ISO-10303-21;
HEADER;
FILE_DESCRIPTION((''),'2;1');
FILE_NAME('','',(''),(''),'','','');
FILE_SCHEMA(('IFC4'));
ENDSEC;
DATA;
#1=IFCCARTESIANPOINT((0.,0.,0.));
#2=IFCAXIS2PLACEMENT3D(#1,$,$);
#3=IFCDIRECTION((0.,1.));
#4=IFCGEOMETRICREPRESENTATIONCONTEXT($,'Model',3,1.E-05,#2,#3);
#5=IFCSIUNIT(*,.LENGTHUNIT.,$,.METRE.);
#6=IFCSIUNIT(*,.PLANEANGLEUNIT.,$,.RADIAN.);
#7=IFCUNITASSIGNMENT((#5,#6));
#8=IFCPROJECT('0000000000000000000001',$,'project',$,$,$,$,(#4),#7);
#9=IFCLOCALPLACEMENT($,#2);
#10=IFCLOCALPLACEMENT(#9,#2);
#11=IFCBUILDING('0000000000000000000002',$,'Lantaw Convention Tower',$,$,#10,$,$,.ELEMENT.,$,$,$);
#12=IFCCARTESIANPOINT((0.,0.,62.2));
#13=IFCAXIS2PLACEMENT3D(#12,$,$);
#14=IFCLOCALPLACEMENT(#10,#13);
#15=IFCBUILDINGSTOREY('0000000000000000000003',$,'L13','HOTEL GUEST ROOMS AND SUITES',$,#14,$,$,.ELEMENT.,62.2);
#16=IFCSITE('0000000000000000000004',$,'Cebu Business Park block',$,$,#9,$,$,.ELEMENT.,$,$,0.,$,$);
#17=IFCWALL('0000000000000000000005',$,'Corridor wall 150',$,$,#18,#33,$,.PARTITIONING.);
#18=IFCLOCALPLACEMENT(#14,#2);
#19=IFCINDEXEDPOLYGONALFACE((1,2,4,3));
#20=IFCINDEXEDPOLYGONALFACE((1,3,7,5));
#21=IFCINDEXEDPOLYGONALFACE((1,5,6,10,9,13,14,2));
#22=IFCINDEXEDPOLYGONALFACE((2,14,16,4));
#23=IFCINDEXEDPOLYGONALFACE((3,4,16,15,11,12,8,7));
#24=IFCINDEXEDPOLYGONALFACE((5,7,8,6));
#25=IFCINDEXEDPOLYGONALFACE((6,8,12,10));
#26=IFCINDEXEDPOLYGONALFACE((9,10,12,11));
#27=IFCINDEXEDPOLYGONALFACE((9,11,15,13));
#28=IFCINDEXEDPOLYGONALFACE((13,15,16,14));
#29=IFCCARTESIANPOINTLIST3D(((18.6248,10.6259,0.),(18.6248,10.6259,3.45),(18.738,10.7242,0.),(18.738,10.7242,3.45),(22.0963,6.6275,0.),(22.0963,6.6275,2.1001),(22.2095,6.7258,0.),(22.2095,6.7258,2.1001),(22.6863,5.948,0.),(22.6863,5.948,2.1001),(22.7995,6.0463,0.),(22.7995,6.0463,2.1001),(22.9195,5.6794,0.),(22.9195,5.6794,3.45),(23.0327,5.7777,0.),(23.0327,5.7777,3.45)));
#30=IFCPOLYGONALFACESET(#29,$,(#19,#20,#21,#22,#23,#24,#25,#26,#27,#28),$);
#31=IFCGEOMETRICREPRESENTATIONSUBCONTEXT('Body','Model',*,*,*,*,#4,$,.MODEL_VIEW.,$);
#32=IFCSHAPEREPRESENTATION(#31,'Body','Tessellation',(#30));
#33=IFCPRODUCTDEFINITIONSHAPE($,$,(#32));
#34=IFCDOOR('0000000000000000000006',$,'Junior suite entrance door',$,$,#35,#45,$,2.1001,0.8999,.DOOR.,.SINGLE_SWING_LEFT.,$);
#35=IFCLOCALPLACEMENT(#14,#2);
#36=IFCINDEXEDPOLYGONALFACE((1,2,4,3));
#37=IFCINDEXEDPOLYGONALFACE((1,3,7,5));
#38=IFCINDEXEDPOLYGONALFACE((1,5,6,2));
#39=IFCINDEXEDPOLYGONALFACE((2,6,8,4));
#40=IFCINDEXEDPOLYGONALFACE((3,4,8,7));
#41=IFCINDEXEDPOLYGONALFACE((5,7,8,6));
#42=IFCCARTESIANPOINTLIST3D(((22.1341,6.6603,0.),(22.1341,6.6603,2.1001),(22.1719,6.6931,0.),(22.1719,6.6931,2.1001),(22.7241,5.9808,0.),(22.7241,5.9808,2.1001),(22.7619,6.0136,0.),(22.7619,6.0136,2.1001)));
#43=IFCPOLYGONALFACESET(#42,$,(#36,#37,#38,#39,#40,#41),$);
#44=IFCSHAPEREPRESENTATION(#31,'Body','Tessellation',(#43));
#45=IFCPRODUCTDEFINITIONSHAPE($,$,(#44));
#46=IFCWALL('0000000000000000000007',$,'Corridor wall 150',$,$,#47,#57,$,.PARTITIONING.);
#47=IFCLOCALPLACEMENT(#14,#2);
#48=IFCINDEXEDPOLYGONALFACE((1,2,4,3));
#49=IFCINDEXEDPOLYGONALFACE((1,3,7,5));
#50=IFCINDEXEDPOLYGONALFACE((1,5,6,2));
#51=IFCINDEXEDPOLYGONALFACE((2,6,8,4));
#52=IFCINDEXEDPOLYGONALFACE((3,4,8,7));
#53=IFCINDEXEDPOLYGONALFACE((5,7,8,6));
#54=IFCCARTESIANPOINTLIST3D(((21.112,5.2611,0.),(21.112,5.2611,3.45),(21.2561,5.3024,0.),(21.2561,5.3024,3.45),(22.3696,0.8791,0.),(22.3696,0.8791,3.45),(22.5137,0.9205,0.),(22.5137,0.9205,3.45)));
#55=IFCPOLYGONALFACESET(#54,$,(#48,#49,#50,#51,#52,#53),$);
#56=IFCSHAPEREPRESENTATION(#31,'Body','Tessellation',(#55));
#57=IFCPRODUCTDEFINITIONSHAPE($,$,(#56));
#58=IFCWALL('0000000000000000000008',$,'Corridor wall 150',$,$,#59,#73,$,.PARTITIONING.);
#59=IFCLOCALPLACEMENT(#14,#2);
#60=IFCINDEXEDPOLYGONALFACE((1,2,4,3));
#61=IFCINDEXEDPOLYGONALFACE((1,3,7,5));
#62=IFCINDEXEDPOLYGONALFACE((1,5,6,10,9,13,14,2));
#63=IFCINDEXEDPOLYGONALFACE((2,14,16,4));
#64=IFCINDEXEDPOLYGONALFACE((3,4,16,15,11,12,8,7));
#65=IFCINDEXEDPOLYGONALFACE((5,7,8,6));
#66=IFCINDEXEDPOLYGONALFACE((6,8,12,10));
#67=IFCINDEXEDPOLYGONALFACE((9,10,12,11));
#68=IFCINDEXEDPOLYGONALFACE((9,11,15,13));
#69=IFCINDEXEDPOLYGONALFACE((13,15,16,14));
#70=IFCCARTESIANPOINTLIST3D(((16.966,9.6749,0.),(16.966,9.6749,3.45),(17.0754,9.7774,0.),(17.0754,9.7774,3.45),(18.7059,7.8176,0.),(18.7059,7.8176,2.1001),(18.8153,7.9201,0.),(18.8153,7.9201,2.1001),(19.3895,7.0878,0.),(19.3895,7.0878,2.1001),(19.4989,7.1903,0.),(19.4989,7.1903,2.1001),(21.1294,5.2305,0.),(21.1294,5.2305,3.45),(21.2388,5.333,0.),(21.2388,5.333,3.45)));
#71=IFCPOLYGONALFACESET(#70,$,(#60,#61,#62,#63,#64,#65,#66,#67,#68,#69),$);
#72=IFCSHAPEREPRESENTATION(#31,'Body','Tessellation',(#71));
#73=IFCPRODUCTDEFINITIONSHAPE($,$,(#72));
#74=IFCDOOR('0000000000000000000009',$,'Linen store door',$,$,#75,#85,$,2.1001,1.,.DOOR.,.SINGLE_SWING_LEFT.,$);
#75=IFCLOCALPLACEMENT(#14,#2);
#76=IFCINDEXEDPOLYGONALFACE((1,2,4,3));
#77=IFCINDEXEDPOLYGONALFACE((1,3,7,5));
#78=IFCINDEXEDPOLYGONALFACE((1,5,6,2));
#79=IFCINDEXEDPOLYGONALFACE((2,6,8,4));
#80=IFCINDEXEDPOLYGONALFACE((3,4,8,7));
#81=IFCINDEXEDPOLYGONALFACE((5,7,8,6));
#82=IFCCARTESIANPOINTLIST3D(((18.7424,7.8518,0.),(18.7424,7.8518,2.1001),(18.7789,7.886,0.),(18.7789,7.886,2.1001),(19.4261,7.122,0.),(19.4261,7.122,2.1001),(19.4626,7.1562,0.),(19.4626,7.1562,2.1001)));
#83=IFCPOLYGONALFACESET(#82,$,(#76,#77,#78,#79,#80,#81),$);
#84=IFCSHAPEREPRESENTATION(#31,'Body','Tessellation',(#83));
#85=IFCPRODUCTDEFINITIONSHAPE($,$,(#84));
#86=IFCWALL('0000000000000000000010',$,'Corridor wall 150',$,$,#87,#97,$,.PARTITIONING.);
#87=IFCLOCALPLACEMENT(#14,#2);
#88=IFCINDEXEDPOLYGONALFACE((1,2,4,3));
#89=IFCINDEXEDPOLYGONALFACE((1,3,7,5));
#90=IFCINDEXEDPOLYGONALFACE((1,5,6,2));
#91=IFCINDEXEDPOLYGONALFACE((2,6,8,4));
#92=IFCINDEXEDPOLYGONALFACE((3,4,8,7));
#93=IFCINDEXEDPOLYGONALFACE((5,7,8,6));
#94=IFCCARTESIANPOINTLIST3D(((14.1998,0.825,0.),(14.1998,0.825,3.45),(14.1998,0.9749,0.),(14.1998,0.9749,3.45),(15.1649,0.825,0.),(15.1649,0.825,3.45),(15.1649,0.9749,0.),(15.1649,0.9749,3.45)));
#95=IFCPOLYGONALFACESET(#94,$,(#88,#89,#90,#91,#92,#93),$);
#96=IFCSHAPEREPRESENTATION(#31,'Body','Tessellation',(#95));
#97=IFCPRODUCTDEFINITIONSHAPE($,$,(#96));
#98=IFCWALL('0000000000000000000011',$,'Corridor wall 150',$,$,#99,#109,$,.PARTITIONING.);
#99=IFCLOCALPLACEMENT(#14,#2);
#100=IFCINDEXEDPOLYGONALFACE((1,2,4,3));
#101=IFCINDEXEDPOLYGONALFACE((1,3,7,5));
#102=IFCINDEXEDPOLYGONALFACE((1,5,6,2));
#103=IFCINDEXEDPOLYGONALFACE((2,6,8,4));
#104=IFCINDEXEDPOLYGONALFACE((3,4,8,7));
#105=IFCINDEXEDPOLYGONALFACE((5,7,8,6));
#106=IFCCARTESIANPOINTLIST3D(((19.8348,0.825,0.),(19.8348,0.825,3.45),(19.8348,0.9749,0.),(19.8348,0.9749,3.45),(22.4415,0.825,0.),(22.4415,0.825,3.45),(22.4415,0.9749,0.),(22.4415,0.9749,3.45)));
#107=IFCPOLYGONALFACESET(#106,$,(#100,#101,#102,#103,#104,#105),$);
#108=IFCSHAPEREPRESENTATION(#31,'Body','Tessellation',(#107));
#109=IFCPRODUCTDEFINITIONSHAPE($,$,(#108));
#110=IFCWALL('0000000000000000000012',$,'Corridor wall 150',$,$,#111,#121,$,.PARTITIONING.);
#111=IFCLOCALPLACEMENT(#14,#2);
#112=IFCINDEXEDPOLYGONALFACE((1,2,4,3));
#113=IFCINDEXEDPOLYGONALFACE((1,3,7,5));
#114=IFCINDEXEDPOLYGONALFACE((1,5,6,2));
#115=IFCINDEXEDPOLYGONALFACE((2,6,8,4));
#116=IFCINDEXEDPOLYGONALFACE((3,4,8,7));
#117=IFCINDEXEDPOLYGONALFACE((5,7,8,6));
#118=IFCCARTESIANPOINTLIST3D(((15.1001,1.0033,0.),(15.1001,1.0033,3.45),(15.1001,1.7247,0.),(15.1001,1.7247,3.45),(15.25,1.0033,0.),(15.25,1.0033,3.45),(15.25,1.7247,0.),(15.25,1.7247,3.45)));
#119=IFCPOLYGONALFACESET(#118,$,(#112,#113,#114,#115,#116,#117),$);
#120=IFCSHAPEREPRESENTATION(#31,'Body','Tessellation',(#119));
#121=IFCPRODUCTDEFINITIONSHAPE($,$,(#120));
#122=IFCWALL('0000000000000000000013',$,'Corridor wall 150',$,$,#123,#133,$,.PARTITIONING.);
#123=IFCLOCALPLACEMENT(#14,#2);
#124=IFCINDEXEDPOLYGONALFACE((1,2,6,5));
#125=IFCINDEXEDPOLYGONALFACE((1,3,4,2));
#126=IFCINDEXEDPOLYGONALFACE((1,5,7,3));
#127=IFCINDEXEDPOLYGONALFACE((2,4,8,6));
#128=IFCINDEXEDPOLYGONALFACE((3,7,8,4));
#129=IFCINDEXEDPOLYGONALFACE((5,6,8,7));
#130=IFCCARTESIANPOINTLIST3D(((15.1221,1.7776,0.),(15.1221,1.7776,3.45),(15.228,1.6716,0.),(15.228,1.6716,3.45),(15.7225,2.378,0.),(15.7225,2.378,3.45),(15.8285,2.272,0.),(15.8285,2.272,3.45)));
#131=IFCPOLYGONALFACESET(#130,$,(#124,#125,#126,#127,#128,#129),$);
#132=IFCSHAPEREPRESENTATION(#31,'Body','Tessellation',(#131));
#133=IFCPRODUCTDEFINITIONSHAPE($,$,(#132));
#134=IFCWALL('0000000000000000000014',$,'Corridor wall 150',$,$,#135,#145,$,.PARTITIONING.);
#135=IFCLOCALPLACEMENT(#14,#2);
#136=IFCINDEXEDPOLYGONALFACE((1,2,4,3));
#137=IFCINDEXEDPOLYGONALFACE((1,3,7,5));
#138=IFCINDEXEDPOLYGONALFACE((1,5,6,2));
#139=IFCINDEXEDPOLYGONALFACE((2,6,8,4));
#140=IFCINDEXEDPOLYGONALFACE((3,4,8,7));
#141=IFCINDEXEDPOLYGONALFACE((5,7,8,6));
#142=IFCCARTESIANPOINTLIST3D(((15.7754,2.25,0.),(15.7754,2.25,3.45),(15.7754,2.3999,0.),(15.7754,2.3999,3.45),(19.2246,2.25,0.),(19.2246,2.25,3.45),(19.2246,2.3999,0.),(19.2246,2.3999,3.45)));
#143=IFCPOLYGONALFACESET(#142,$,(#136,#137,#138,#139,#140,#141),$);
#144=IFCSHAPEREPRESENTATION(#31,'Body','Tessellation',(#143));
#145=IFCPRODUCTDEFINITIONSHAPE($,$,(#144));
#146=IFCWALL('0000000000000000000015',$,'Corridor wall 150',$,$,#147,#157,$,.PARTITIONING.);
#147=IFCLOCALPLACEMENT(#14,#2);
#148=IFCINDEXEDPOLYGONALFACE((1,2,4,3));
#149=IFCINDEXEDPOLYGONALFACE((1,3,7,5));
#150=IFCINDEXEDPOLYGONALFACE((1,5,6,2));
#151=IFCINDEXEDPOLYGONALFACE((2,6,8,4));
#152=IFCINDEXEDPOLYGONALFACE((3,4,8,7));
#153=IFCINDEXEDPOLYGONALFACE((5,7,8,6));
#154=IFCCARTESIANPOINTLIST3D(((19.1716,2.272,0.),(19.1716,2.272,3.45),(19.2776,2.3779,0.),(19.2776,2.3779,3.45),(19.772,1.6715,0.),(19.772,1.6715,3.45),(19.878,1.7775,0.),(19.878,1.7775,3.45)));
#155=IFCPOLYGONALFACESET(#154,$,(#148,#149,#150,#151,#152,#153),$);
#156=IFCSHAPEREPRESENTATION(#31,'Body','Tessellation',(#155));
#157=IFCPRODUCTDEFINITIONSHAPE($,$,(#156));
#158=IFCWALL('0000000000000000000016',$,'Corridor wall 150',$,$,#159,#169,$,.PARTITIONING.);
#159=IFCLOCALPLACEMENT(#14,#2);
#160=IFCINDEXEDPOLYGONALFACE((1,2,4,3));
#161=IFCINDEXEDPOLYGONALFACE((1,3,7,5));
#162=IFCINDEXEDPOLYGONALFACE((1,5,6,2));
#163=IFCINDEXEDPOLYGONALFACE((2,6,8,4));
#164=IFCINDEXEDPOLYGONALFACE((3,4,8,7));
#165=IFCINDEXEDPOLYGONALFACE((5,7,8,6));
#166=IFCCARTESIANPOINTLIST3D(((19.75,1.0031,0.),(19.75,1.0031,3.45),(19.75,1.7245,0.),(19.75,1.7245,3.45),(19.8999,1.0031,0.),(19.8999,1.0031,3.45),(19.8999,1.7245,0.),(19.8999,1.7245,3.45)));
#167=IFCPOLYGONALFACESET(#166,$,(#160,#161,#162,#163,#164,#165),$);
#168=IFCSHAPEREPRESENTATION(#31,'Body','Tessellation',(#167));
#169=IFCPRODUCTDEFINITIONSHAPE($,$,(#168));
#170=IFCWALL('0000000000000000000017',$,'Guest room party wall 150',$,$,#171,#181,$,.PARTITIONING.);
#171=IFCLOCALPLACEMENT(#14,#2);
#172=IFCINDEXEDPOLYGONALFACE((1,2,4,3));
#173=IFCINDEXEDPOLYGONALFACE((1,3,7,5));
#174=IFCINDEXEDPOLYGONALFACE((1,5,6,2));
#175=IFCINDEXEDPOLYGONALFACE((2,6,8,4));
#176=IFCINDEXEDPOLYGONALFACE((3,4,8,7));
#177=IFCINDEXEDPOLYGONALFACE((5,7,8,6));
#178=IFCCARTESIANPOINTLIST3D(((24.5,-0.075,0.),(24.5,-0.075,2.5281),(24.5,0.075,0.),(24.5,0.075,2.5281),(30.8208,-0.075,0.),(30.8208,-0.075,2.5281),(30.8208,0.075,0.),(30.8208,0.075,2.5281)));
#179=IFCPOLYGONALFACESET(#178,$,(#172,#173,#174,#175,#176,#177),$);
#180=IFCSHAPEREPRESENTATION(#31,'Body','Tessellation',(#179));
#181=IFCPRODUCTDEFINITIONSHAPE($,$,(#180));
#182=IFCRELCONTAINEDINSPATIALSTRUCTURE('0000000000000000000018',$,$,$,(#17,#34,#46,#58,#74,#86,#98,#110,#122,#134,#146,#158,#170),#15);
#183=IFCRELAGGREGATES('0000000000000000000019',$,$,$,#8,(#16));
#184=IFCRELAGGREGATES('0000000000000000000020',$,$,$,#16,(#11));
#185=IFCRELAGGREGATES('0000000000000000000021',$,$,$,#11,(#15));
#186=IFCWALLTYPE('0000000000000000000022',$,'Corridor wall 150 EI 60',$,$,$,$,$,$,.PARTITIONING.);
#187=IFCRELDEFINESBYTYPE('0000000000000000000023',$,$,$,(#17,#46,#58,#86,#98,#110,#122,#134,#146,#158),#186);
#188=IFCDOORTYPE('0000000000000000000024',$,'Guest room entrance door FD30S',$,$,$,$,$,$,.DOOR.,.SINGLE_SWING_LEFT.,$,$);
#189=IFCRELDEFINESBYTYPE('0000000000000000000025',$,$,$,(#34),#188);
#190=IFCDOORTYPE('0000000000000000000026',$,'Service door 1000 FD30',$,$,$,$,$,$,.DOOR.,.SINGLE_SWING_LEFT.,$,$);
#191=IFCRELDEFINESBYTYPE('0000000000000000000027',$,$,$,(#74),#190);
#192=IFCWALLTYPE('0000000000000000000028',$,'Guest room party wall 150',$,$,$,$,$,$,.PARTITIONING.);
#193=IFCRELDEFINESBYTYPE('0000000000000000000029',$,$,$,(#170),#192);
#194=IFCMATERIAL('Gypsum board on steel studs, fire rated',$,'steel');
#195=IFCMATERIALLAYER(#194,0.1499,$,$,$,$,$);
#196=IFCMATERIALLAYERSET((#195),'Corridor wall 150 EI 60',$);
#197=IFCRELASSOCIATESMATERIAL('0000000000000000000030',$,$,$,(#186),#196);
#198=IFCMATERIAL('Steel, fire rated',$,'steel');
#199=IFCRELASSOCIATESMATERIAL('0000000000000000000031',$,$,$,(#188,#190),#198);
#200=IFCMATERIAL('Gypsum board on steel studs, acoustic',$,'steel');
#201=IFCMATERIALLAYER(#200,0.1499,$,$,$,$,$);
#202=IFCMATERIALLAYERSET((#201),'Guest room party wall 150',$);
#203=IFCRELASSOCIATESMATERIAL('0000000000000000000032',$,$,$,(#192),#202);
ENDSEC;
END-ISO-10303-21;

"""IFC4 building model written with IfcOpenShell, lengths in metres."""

from ifc_helpers import new_model, si_unit, direction, frame, frame_2d, origin, place, context, subcontext, project, spatial, rectangle, extrude, material, layer, layer_set, type_object, element, fill, save


model = new_model("IFC4")

# Units and contexts
model_context = context("Model", 3, precision=1e-05, world=origin(), true_north=direction((0.0, 1.0)))
body_context = subcontext(model_context, "Body", "Model", "MODEL_VIEW")
ifc_project = project(units=[si_unit("LENGTHUNIT", "METRE"), si_unit("PLANEANGLEUNIT", "RADIAN")], contexts=[model_context])

# Site, building, storey
site_placement = place(None, origin())
site = spatial("IfcSite", under=ifc_project, at=site_placement, Name="Cebu Business Park block", CompositionType="ELEMENT", RefElevation=0.0)
building_placement = place(site_placement, origin())
building = spatial("IfcBuilding", under=site, at=building_placement, Name="Lantaw Convention Tower", CompositionType="ELEMENT")
storey_placement = place(building_placement, frame((0.0, 0.0, 62.2)))
storey = spatial("IfcBuildingStorey", under=building, at=storey_placement, Name="L13", Description="HOTEL GUEST ROOMS AND SUITES", CompositionType="ELEMENT", Elevation=62.2)

# Shared definitions
ifc_material_1 = material(Name="Gypsum board on steel studs, fire rated", Category="steel")
ifc_layer_1 = layer(ifc_material_1, 0.1499)
ifc_layer_set_1 = layer_set([ifc_layer_1], Name="Corridor wall 150 EI 60")
wall_type_1 = type_object("IfcWallType", Name="Corridor wall 150 EI 60", PredefinedType="PARTITIONING", material=ifc_layer_set_1)

# Wall, opening, door
wall_1_placement = place(storey_placement, frame((22.9761, 5.7285, 0.0), z_axis=(0.0, 0.0, 1.0), x_axis=(-0.6556, 0.755108, 0.0)))
wall_1 = element("IfcWall", 1, at=wall_1_placement, inside=storey, type_object=wall_type_1, Name="Corridor wall 150", PredefinedType="PARTITIONING", context=body_context, shape_type="SweptSolid", body=[
    extrude(rectangle(XDim=6.5508, YDim=0.1499, at=frame_2d((3.2754, 0.0))), origin(), (0.0, 0.0, 1.0), 3.45),
])
opening_1_placement = place(wall_1_placement, frame((0.3557, 0.0, 0.0)))
opening_1 = element("IfcOpeningElement", 2, at=opening_1_placement, cuts=wall_1, PredefinedType="OPENING", context=body_context, shape_type="SweptSolid", body=[
    extrude(rectangle(XDim=0.8999, YDim=2.1001, at=frame_2d((0.45, 1.05))), frame((0.0, 0.085, 0.0), z_axis=(0.0, -1.0, 0.0), x_axis=(1.0, 0.0, 0.0)), (0.0, 0.0, 1.0), 0.1699),
])
ifc_material_2 = material(Name="Steel, fire rated", Category="steel")
door_type_1 = type_object("IfcDoorType", Name="Guest room entrance door FD30S", OperationType="SINGLE_SWING_LEFT", PredefinedType="DOOR", material=ifc_material_2)
door_1_placement = place(opening_1_placement, origin())
door_1 = element("IfcDoor", 3, at=door_1_placement, inside=storey, type_object=door_type_1, Name="Junior suite entrance door", OperationType="SINGLE_SWING_LEFT", OverallHeight=2.1001, OverallWidth=0.8999, PredefinedType="DOOR", context=body_context, shape_type="SweptSolid", body=[
    extrude(rectangle(XDim=0.8999, YDim=2.1001, at=frame_2d((0.45, 1.05))), frame((0.0, 0.0249, 0.0), z_axis=(0.0, -1.0, 0.0), x_axis=(1.0, 0.0, 0.0)), (0.0, 0.0, 1.0), 0.05),
])
fill(opening_1, door_1)

# Wall
wall_2_placement = place(storey_placement, frame((22.4417, 0.8999, 0.0), z_axis=(0.0, 0.0, 1.0), x_axis=(-0.27586, 0.961198, 0.0)))
element("IfcWall", 4, at=wall_2_placement, inside=storey, type_object=wall_type_1, Name="Corridor wall 150", PredefinedType="PARTITIONING", context=body_context, shape_type="SweptSolid", body=[
    extrude(rectangle(XDim=4.5588, YDim=0.1499, at=frame_2d((2.2793, 0.0))), origin(), (0.0, 0.0, 1.0), 3.45),
])

# Wall, opening, door
wall_3_placement = place(storey_placement, frame((21.1841, 5.2817, 0.0), z_axis=(0.0, 0.0, 1.0), x_axis=(-0.683658, 0.729802, 0.0)))
wall_3 = element("IfcWall", 5, at=wall_3_placement, inside=storey, type_object=wall_type_1, Name="Corridor wall 150", PredefinedType="PARTITIONING", context=body_context, shape_type="SweptSolid", body=[
    extrude(rectangle(XDim=6.0898, YDim=0.1499, at=frame_2d((3.0449, 0.0))), origin(), (0.0, 0.0, 1.0), 3.45),
])
opening_2_placement = place(wall_3_placement, frame((2.5449, 0.0, 0.0)))
opening_2 = element("IfcOpeningElement", 6, at=opening_2_placement, cuts=wall_3, PredefinedType="OPENING", context=body_context, shape_type="SweptSolid", body=[
    extrude(rectangle(XDim=1.0, YDim=2.1001, at=frame_2d((0.5, 1.05))), frame((0.0, 0.085, 0.0), z_axis=(0.0, -1.0, 0.0), x_axis=(1.0, 0.0, 0.0)), (0.0, 0.0, 1.0), 0.1699),
])
door_type_2 = type_object("IfcDoorType", Name="Service door 1000 FD30", OperationType="SINGLE_SWING_LEFT", PredefinedType="DOOR", material=ifc_material_2)
door_2_placement = place(opening_2_placement, origin())
door_2 = element("IfcDoor", 7, at=door_2_placement, inside=storey, type_object=door_type_2, Name="Linen store door", OperationType="SINGLE_SWING_LEFT", OverallHeight=2.1001, OverallWidth=1.0, PredefinedType="DOOR", context=body_context, shape_type="SweptSolid", body=[
    extrude(rectangle(XDim=1.0, YDim=2.1001, at=frame_2d((0.5, 1.05))), frame((0.0, 0.0249, 0.0), z_axis=(0.0, -1.0, 0.0), x_axis=(1.0, 0.0, 0.0)), (0.0, 0.0, 1.0), 0.05),
])
fill(opening_2, door_2)

# Walls
wall_4_placement = place(storey_placement, frame((14.2, 0.8999, 0.0), z_axis=(0.0, 0.0, 1.0), x_axis=(1.0, 0.0, 0.0)))
element("IfcWall", 8, at=wall_4_placement, inside=storey, type_object=wall_type_1, Name="Corridor wall 150", PredefinedType="PARTITIONING", context=body_context, shape_type="SweptSolid", body=[
    extrude(rectangle(XDim=0.9651, YDim=0.1499, at=frame_2d((0.4824, 0.0))), origin(), (0.0, 0.0, 1.0), 3.45),
])
wall_5_placement = place(storey_placement, frame((19.835, 0.8999, 0.0), z_axis=(0.0, 0.0, 1.0), x_axis=(1.0, 0.0, 0.0)))
element("IfcWall", 9, at=wall_5_placement, inside=storey, type_object=wall_type_1, Name="Corridor wall 150", PredefinedType="PARTITIONING", context=body_context, shape_type="SweptSolid", body=[
    extrude(rectangle(XDim=2.6067, YDim=0.1499, at=frame_2d((1.3032, 0.0))), origin(), (0.0, 0.0, 1.0), 3.45),
])
wall_6_placement = place(storey_placement, frame((15.175, 1.0032, 0.0), z_axis=(0.0, 0.0, 1.0), x_axis=(0.0, 1.0, 0.0)))
element("IfcWall", 10, at=wall_6_placement, inside=storey, type_object=wall_type_1, Name="Corridor wall 150", PredefinedType="PARTITIONING", context=body_context, shape_type="SweptSolid", body=[
    extrude(rectangle(XDim=0.7214, YDim=0.1499, at=frame_2d((0.3608, 0.0))), origin(), (0.0, 0.0, 1.0), 3.45),
])
wall_7_placement = place(storey_placement, frame((15.175, 1.7246, 0.0), z_axis=(0.0, 0.0, 1.0), x_axis=(0.707107, 0.707107, 0.0)))
element("IfcWall", 11, at=wall_7_placement, inside=storey, type_object=wall_type_1, Name="Corridor wall 150", PredefinedType="PARTITIONING", context=body_context, shape_type="SweptSolid", body=[
    extrude(rectangle(XDim=0.8491, YDim=0.1499, at=frame_2d((0.4246, 0.0))), origin(), (0.0, 0.0, 1.0), 3.45),
])
wall_8_placement = place(storey_placement, frame((15.7754, 2.325, 0.0), z_axis=(0.0, 0.0, 1.0), x_axis=(1.0, 0.0, 0.0)))
element("IfcWall", 12, at=wall_8_placement, inside=storey, type_object=wall_type_1, Name="Corridor wall 150", PredefinedType="PARTITIONING", context=body_context, shape_type="SweptSolid", body=[
    extrude(rectangle(XDim=3.4492, YDim=0.1499, at=frame_2d((1.7246, 0.0))), origin(), (0.0, 0.0, 1.0), 3.45),
])
wall_9_placement = place(storey_placement, frame((19.2246, 2.325, 0.0), z_axis=(0.0, 0.0, 1.0), x_axis=(0.707107, -0.707107, 0.0)))
element("IfcWall", 13, at=wall_9_placement, inside=storey, type_object=wall_type_1, Name="Corridor wall 150", PredefinedType="PARTITIONING", context=body_context, shape_type="SweptSolid", body=[
    extrude(rectangle(XDim=0.8491, YDim=0.1499, at=frame_2d((0.4246, 0.0))), origin(), (0.0, 0.0, 1.0), 3.45),
])
wall_10_placement = place(storey_placement, frame((19.825, 1.7246, 0.0), z_axis=(0.0, 0.0, 1.0), x_axis=(0.0, -1.0, 0.0)))
element("IfcWall", 14, at=wall_10_placement, inside=storey, type_object=wall_type_1, Name="Corridor wall 150", PredefinedType="PARTITIONING", context=body_context, shape_type="SweptSolid", body=[
    extrude(rectangle(XDim=0.7214, YDim=0.1499, at=frame_2d((0.3608, 0.0))), origin(), (0.0, 0.0, 1.0), 3.45),
])
ifc_material_3 = material(Name="Gypsum board on steel studs, acoustic", Category="steel")
ifc_layer_2 = layer(ifc_material_3, 0.1499)
ifc_layer_set_2 = layer_set([ifc_layer_2], Name="Guest room party wall 150")
wall_type_2 = type_object("IfcWallType", Name="Guest room party wall 150", PredefinedType="PARTITIONING", material=ifc_layer_set_2)
wall_11_placement = place(storey_placement, frame((30.8208, 0.0, 0.0), z_axis=(0.0, 0.0, 1.0), x_axis=(-1.0, 0.0, 0.0)))
element("IfcWall", 15, at=wall_11_placement, inside=storey, type_object=wall_type_2, Name="Guest room party wall 150", PredefinedType="PARTITIONING", context=body_context, shape_type="SweptSolid", body=[
    extrude(rectangle(XDim=6.3208, YDim=0.1499, at=frame_2d((3.1604, 0.0))), origin(), (0.0, 0.0, 1.0), 2.5281),
])

save(model, "model.ifc")
